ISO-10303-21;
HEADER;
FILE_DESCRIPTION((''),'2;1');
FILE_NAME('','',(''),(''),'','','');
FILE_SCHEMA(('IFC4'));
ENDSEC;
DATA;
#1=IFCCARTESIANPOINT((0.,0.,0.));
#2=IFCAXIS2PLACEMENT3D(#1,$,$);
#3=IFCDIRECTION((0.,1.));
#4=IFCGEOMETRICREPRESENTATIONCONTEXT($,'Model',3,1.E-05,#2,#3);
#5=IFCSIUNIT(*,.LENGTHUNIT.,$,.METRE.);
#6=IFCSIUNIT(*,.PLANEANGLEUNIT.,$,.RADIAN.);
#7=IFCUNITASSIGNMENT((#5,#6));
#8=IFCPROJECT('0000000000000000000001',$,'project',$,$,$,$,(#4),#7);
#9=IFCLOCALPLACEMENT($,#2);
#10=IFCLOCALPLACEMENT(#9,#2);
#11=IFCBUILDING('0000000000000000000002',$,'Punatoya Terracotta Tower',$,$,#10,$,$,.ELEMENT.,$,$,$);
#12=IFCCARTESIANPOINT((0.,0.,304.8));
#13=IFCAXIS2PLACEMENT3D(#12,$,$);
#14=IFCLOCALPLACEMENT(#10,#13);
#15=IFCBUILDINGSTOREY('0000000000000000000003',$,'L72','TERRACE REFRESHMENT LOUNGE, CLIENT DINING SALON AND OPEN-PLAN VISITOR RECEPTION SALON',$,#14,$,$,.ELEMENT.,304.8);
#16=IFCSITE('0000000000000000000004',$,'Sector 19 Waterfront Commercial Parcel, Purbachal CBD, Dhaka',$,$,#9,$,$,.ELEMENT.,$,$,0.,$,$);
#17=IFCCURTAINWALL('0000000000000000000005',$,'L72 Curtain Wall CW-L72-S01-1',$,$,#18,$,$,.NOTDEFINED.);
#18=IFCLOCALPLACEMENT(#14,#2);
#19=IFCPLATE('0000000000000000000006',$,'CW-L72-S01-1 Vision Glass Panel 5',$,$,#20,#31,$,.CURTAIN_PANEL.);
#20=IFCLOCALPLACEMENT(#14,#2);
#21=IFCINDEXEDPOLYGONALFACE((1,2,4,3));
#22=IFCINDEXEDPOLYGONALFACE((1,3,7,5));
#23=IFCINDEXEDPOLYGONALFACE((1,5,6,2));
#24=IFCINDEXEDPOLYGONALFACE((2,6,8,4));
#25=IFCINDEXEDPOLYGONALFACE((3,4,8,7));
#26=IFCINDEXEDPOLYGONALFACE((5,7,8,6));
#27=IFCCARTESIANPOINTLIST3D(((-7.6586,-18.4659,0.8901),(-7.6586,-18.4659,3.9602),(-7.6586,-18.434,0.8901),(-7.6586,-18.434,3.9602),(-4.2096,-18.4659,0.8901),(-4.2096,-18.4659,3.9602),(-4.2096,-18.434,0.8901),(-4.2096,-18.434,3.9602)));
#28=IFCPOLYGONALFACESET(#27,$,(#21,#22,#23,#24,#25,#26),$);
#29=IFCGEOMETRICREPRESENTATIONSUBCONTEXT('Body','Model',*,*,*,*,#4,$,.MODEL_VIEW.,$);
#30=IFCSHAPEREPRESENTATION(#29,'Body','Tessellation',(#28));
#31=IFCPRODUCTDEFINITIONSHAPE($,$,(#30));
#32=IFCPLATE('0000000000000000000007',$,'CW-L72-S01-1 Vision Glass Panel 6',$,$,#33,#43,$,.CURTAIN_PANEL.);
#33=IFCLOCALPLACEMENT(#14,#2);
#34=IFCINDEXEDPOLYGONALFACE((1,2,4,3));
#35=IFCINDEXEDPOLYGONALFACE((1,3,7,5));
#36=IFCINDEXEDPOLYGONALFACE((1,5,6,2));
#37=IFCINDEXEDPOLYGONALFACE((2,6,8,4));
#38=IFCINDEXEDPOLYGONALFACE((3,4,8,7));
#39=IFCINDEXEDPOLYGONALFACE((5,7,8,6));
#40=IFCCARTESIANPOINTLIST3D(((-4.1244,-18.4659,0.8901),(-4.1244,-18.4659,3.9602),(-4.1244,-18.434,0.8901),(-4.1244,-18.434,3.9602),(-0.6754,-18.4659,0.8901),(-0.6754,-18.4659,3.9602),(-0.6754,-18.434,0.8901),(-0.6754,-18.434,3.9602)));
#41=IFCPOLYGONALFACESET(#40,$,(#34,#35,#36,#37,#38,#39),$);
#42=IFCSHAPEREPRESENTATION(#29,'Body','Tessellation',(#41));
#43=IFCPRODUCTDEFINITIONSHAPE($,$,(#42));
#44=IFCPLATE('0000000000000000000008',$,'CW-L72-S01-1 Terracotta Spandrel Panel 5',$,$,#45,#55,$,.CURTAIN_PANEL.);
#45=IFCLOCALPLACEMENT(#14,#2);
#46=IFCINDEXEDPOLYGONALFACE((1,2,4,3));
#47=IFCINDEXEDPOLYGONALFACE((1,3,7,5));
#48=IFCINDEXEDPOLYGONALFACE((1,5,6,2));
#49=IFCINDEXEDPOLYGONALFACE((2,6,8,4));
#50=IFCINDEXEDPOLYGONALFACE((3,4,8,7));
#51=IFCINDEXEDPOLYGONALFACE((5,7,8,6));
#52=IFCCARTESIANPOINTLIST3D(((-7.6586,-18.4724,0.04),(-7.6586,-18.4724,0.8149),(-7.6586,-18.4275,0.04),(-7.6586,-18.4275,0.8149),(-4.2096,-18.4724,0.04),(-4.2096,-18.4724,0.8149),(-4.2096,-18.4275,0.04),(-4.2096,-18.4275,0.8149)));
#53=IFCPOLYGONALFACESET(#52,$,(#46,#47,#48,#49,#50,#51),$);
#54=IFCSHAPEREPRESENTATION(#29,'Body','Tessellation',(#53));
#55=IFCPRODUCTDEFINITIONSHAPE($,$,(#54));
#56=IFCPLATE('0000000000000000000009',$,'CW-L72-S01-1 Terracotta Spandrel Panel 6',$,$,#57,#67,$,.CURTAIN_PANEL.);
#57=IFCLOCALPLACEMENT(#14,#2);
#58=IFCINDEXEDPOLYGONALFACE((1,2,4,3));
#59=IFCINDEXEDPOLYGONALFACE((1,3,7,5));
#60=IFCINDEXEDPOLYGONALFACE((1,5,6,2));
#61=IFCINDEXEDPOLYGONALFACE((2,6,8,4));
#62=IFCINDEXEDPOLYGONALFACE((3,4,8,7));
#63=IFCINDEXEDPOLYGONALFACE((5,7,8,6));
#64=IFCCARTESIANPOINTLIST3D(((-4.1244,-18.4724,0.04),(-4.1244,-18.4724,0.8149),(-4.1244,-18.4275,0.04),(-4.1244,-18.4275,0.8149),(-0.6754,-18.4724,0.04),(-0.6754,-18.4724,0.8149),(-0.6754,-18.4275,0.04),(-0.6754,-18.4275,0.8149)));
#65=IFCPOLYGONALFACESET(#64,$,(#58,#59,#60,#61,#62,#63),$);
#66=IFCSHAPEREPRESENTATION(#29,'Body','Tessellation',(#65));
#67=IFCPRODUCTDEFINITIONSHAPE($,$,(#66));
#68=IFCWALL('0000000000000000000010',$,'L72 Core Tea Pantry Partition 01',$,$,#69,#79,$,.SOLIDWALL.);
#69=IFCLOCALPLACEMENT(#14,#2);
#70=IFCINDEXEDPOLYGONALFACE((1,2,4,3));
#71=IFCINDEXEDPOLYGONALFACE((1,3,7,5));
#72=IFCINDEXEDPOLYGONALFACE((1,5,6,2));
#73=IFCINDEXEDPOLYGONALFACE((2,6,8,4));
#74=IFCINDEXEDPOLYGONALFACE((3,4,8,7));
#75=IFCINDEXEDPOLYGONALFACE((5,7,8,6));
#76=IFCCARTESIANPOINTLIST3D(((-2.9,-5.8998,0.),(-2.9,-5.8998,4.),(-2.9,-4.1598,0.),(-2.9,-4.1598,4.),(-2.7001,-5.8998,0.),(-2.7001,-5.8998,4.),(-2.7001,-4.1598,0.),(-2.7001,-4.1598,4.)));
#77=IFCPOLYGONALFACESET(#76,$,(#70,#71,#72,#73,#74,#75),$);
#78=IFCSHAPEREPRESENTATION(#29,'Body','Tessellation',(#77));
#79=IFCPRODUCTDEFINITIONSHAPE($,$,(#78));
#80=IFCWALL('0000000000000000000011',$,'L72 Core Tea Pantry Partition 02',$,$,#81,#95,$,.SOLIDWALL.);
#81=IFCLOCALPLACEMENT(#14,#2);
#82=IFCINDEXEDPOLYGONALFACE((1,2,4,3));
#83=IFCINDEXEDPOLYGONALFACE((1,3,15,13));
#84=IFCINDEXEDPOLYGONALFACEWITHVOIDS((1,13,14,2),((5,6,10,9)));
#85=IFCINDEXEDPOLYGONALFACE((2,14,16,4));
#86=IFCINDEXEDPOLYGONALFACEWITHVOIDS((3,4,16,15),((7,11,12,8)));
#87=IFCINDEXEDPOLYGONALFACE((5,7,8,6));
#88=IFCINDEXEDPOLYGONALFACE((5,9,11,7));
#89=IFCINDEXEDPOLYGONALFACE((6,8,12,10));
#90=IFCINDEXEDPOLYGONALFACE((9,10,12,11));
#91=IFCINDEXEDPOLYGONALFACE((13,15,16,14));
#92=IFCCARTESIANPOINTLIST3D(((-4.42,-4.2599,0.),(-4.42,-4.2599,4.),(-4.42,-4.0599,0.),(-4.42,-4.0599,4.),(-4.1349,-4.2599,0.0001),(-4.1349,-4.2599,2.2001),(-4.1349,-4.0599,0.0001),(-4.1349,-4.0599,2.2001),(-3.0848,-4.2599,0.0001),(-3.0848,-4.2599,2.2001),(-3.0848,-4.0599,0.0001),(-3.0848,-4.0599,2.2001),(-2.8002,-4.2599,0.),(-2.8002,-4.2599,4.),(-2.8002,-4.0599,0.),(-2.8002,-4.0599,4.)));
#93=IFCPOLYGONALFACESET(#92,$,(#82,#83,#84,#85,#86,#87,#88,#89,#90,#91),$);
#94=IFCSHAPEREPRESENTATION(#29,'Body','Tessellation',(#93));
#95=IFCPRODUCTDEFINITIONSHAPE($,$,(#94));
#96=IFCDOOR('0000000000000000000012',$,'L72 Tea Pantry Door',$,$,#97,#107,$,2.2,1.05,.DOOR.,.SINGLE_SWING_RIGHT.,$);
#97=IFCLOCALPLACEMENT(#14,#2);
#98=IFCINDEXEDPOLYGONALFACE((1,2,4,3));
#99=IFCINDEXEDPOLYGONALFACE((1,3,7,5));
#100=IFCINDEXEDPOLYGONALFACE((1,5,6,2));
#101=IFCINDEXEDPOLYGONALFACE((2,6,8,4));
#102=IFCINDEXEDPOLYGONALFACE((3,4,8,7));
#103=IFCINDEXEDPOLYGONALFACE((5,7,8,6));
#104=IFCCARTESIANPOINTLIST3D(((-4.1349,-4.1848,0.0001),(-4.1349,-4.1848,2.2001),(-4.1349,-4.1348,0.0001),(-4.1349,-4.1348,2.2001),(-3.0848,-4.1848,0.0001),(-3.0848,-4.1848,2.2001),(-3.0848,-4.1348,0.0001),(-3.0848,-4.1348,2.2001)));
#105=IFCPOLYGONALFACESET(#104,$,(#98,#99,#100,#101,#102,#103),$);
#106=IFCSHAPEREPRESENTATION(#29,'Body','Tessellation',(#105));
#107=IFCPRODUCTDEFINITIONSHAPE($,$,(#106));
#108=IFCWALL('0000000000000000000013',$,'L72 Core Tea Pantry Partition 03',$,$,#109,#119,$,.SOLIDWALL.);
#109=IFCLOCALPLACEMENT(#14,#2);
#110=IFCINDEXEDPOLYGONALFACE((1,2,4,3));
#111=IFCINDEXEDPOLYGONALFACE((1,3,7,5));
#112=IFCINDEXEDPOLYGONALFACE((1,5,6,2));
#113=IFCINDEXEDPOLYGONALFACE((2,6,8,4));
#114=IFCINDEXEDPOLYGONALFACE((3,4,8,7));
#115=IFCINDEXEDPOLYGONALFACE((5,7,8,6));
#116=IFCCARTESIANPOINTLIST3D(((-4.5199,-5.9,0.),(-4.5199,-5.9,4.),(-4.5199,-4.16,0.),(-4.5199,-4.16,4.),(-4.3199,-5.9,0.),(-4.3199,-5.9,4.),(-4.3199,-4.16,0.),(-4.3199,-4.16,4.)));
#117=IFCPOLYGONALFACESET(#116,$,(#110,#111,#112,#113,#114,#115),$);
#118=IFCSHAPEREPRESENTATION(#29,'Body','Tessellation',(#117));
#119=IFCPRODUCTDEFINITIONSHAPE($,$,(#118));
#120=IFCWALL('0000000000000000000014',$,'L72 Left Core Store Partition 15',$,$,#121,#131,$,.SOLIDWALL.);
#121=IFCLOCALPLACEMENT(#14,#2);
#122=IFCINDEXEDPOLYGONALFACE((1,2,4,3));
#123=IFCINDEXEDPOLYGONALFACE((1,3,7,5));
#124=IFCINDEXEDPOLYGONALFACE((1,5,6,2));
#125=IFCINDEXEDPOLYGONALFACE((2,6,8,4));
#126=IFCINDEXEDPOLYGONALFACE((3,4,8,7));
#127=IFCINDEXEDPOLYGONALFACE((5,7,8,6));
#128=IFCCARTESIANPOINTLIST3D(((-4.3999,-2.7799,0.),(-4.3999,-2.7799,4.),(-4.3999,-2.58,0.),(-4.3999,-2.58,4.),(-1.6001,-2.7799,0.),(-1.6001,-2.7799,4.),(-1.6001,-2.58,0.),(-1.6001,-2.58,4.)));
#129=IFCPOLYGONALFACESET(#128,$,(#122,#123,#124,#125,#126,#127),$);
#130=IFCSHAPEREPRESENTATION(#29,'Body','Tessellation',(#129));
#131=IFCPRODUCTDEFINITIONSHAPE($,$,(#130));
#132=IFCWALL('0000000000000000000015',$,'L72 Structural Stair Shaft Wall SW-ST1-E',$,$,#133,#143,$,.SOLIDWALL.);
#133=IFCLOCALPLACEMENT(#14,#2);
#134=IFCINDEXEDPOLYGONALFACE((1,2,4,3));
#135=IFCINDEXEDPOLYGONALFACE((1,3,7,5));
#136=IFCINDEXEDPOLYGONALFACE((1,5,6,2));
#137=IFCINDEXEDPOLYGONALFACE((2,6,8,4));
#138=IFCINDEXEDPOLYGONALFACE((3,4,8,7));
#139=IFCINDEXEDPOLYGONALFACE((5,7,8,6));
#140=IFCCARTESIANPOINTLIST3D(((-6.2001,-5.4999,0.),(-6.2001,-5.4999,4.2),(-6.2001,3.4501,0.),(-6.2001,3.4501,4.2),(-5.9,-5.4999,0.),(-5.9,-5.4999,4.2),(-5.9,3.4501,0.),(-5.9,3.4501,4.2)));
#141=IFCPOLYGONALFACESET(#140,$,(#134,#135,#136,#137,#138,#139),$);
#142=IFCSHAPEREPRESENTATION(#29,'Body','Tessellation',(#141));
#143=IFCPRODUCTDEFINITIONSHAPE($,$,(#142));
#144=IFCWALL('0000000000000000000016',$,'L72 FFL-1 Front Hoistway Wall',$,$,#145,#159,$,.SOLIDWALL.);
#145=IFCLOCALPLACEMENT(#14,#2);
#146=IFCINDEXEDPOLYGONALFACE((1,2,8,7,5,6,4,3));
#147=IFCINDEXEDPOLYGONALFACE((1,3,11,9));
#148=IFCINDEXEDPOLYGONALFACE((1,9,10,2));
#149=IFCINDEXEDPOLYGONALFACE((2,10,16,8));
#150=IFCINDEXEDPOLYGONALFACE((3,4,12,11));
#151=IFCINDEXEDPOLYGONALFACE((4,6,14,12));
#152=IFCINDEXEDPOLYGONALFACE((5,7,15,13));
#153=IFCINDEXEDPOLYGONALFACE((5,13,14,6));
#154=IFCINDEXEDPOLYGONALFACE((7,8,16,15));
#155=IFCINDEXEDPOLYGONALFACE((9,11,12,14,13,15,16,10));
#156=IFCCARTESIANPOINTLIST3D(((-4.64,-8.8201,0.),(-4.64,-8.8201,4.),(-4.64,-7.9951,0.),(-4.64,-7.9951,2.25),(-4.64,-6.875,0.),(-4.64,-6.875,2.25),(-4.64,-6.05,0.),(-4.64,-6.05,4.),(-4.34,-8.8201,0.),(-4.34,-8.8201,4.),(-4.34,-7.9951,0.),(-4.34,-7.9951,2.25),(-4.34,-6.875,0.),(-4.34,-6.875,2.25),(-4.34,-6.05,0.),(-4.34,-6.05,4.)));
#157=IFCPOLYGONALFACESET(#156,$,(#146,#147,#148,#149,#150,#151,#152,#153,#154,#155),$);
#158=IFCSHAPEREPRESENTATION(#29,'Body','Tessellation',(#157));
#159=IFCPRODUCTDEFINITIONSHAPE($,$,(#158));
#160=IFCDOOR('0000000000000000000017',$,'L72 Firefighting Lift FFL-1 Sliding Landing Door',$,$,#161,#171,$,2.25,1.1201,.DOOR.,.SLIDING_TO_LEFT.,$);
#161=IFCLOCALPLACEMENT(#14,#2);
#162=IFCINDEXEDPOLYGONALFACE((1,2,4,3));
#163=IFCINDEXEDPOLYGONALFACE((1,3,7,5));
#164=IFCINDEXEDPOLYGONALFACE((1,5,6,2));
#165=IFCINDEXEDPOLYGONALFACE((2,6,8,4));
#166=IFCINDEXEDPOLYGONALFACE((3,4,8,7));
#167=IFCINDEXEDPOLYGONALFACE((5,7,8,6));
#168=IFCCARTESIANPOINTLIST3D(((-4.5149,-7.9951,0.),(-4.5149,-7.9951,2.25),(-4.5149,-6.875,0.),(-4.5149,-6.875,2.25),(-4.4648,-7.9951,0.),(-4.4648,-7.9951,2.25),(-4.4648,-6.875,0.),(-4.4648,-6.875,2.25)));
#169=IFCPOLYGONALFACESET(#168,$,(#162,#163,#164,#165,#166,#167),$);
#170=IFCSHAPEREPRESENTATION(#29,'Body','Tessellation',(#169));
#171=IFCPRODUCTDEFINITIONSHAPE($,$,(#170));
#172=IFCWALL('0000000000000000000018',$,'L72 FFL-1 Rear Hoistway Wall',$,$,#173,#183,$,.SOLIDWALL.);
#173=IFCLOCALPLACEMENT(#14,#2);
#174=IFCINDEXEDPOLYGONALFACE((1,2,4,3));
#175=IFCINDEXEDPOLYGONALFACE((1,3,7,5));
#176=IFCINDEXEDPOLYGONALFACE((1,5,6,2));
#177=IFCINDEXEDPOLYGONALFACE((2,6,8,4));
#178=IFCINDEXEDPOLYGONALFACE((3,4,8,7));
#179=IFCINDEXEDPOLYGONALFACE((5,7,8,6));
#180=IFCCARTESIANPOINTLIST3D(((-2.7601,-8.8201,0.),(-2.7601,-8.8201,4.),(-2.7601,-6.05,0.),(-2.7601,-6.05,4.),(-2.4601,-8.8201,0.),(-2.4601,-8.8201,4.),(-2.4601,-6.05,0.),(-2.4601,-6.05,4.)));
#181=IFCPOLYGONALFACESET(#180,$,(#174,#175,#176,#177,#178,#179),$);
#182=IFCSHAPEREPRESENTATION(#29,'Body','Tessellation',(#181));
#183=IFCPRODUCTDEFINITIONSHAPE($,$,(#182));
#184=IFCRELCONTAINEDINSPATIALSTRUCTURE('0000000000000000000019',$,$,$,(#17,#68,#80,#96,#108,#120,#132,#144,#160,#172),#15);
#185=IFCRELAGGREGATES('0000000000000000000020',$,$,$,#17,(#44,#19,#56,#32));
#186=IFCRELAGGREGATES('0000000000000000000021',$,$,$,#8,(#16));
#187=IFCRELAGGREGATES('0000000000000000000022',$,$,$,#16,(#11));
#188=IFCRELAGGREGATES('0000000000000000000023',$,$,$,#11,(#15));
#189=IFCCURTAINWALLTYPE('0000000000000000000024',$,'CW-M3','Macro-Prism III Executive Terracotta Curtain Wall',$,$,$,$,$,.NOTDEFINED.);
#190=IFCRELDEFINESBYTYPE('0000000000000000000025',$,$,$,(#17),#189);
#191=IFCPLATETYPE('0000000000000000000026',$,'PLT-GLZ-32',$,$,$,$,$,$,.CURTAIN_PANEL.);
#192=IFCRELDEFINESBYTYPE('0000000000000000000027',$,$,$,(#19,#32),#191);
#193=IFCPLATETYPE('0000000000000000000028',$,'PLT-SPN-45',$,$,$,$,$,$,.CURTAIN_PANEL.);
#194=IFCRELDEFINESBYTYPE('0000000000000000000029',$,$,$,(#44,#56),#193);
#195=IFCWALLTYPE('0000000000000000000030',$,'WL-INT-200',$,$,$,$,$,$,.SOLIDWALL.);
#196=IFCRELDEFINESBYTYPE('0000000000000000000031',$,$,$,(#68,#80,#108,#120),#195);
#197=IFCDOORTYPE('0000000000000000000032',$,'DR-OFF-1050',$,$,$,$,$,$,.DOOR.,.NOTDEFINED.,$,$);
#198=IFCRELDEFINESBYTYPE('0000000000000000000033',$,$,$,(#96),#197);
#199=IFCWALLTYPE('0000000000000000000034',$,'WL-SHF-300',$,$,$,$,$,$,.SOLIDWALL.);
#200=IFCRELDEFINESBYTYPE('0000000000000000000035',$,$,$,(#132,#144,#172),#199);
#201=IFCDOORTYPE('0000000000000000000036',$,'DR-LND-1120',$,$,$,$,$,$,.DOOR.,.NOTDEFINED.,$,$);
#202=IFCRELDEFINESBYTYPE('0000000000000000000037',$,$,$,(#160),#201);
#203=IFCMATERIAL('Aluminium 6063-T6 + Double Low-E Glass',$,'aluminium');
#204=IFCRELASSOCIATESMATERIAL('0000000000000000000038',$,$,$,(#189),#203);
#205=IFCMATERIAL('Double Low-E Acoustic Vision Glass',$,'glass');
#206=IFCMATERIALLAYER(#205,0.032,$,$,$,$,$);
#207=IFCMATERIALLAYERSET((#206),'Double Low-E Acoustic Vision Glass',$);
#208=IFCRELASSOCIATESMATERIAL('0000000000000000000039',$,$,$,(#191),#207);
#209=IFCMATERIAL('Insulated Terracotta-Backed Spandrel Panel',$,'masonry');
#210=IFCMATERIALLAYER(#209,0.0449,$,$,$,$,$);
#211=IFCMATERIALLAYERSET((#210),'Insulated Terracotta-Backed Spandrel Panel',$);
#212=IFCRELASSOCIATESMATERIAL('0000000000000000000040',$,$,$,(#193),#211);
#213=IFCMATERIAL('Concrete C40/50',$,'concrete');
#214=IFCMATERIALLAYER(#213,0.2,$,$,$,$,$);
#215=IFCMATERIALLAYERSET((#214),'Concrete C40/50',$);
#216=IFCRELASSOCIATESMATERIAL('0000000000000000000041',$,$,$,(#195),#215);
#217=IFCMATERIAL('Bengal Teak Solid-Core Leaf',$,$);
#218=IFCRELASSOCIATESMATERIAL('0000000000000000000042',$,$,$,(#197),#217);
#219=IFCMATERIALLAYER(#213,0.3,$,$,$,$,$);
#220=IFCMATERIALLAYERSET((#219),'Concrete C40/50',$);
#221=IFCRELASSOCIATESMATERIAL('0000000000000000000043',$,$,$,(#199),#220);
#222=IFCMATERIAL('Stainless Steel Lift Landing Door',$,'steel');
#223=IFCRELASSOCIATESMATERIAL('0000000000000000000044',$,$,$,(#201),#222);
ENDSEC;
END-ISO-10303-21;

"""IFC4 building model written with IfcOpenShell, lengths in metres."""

from ifc_helpers import new_model, si_unit, direction, frame, frame_2d, origin, origin_2d, place, context, subcontext, project, spatial, rectangle, extrude, material, layer, layer_set, type_object, element, fill, aggregate, save


model = new_model("IFC4")

# Units and contexts
model_context = context("Model", 3, precision=1e-05, world=origin(), true_north=direction((0.0, 1.0)))
body_context = subcontext(model_context, "Body", "Model", "MODEL_VIEW")
ifc_project = project(units=[si_unit("LENGTHUNIT", "METRE"), si_unit("PLANEANGLEUNIT", "RADIAN")], contexts=[model_context])

# Site, building, storey
site_placement = place(None, origin())
site = spatial("IfcSite", under=ifc_project, at=site_placement, Name="Sector 19 Waterfront Commercial Parcel, Purbachal CBD, Dhaka", CompositionType="ELEMENT", RefElevation=0.0)
building_placement = place(site_placement, origin())
building = spatial("IfcBuilding", under=site, at=building_placement, Name="Punatoya Terracotta Tower", CompositionType="ELEMENT")
storey_placement = place(building_placement, frame((0.0, 0.0, 304.8)))
storey = spatial("IfcBuildingStorey", under=building, at=storey_placement, Name="L72", Description="TERRACE REFRESHMENT LOUNGE, CLIENT DINING SALON AND OPEN-PLAN VISITOR RECEPTION SALON", CompositionType="ELEMENT", Elevation=304.8)

# Curtain wall
ifc_material_1 = material(Name="Aluminium 6063-T6 + Double Low-E Glass", Category="aluminium")
curtain_wall_type = type_object("IfcCurtainWallType", Name="CW-M3", Description="Macro-Prism III Executive Terracotta Curtain Wall", PredefinedType="NOTDEFINED", material=ifc_material_1)
curtain_wall_placement = place(storey_placement, origin())
curtain_wall = element("IfcCurtainWall", 1, at=curtain_wall_placement, inside=storey, type_object=curtain_wall_type, Name="L72 Curtain Wall CW-L72-S01-1", PredefinedType="NOTDEFINED")

# Plates
ifc_material_2 = material(Name="Double Low-E Acoustic Vision Glass", Category="glass")
ifc_layer_1 = layer(ifc_material_2, 0.032)
ifc_layer_set_1 = layer_set([ifc_layer_1], Name="Double Low-E Acoustic Vision Glass")
plate_type_1 = type_object("IfcPlateType", Name="PLT-GLZ-32", PredefinedType="CURTAIN_PANEL", material=ifc_layer_set_1)
plate_1_placement = place(storey_placement, frame((-5.9341, -18.45, 0.8901), z_axis=(0.0, 0.0, 1.0), x_axis=(1.0, 0.0, 0.0)))
plate_1 = element("IfcPlate", 2, at=plate_1_placement, type_object=plate_type_1, Name="CW-L72-S01-1 Vision Glass Panel 5", PredefinedType="CURTAIN_PANEL", context=body_context, shape_type="SweptSolid", body=[
    extrude(rectangle(XDim=3.449, YDim=0.032, at=origin_2d()), origin(), (0.0, 0.0, 1.0), 3.0701),
])
plate_2_placement = place(storey_placement, frame((-2.3999, -18.45, 0.8901), z_axis=(0.0, 0.0, 1.0), x_axis=(1.0, 0.0, 0.0)))
plate_2 = element("IfcPlate", 3, at=plate_2_placement, type_object=plate_type_1, Name="CW-L72-S01-1 Vision Glass Panel 6", PredefinedType="CURTAIN_PANEL", context=body_context, shape_type="SweptSolid", body=[
    extrude(rectangle(XDim=3.449, YDim=0.032, at=origin_2d()), origin(), (0.0, 0.0, 1.0), 3.0701),
])
ifc_material_3 = material(Name="Insulated Terracotta-Backed Spandrel Panel", Category="masonry")
ifc_layer_2 = layer(ifc_material_3, 0.0449)
ifc_layer_set_2 = layer_set([ifc_layer_2], Name="Insulated Terracotta-Backed Spandrel Panel")
plate_type_2 = type_object("IfcPlateType", Name="PLT-SPN-45", PredefinedType="CURTAIN_PANEL", material=ifc_layer_set_2)
plate_3_placement = place(storey_placement, frame((-5.9341, -18.45, 0.04), z_axis=(0.0, 0.0, 1.0), x_axis=(1.0, 0.0, 0.0)))
plate_3 = element("IfcPlate", 4, at=plate_3_placement, type_object=plate_type_2, Name="CW-L72-S01-1 Terracotta Spandrel Panel 5", PredefinedType="CURTAIN_PANEL", context=body_context, shape_type="SweptSolid", body=[
    extrude(rectangle(XDim=3.449, YDim=0.0449, at=origin_2d()), origin(), (0.0, 0.0, 1.0), 0.7749),
])
plate_4_placement = place(storey_placement, frame((-2.3999, -18.45, 0.04), z_axis=(0.0, 0.0, 1.0), x_axis=(1.0, 0.0, 0.0)))
plate_4 = element("IfcPlate", 5, at=plate_4_placement, type_object=plate_type_2, Name="CW-L72-S01-1 Terracotta Spandrel Panel 6", PredefinedType="CURTAIN_PANEL", context=body_context, shape_type="SweptSolid", body=[
    extrude(rectangle(XDim=3.449, YDim=0.0449, at=origin_2d()), origin(), (0.0, 0.0, 1.0), 0.7749),
])
aggregate(curtain_wall, [plate_3, plate_1, plate_4, plate_2])

# Wall
ifc_material_4 = material(Name="Concrete C40/50", Category="concrete")
ifc_layer_3 = layer(ifc_material_4, 0.2)
ifc_layer_set_3 = layer_set([ifc_layer_3], Name="Concrete C40/50")
wall_type_1 = type_object("IfcWallType", Name="WL-INT-200", PredefinedType="SOLIDWALL", material=ifc_layer_set_3)
wall_1_placement = place(storey_placement, frame((-2.8, -5.8999, 0.0), z_axis=(0.0, 0.0, 1.0), x_axis=(0.0, 1.0, 0.0)))
element("IfcWall", 6, at=wall_1_placement, inside=storey, type_object=wall_type_1, Name="L72 Core Tea Pantry Partition 01", PredefinedType="SOLIDWALL", context=body_context, shape_type="SweptSolid", body=[
    extrude(rectangle(XDim=1.74, YDim=0.2, at=frame_2d((0.8701, 0.0))), origin(), (0.0, 0.0, 1.0), 4.0),
])

# Wall, opening, door
wall_2_placement = place(storey_placement, frame((-2.8, -4.1599, 0.0), z_axis=(0.0, 0.0, 1.0), x_axis=(-1.0, 0.0, 0.0)))
wall_2 = element("IfcWall", 7, at=wall_2_placement, inside=storey, type_object=wall_type_1, Name="L72 Core Tea Pantry Partition 02", PredefinedType="SOLIDWALL", context=body_context, shape_type="SweptSolid", body=[
    extrude(rectangle(XDim=1.6199, YDim=0.2, at=frame_2d((0.8101, 0.0))), origin(), (0.0, 0.0, 1.0), 4.0),
])
opening_1_placement = place(wall_2_placement, frame((0.2849, 0.0, 0.0)))
opening_1 = element("IfcOpeningElement", 8, at=opening_1_placement, cuts=wall_2, PredefinedType="OPENING", context=body_context, shape_type="SweptSolid", body=[
    extrude(rectangle(XDim=1.05, YDim=2.2, at=frame_2d((0.5249, 1.1001))), frame((0.0, 0.1099, 0.0), z_axis=(0.0, -1.0, 0.0), x_axis=(1.0, 0.0, 0.0)), (0.0, 0.0, 1.0), 0.22),
])
ifc_material_5 = material(Name="Bengal Teak Solid-Core Leaf")
door_type_1 = type_object("IfcDoorType", Name="DR-OFF-1050", OperationType="NOTDEFINED", PredefinedType="DOOR", material=ifc_material_5)
door_1_placement = place(opening_1_placement, origin())
door_1 = element("IfcDoor", 9, at=door_1_placement, inside=storey, type_object=door_type_1, Name="L72 Tea Pantry Door", OperationType="SINGLE_SWING_RIGHT", OverallHeight=2.2, OverallWidth=1.05, PredefinedType="DOOR", context=body_context, shape_type="SweptSolid", body=[
    extrude(rectangle(XDim=1.05, YDim=2.2, at=frame_2d((0.5249, 1.1001))), frame((0.0, 0.0249, 0.0), z_axis=(0.0, -1.0, 0.0), x_axis=(1.0, 0.0, 0.0)), (0.0, 0.0, 1.0), 0.05),
])
fill(opening_1, door_1)

# Walls
wall_3_placement = place(storey_placement, frame((-4.4199, -4.1599, 0.0), z_axis=(0.0, 0.0, 1.0), x_axis=(0.0, -1.0, 0.0)))
element("IfcWall", 10, at=wall_3_placement, inside=storey, type_object=wall_type_1, Name="L72 Core Tea Pantry Partition 03", PredefinedType="SOLIDWALL", context=body_context, shape_type="SweptSolid", body=[
    extrude(rectangle(XDim=1.74, YDim=0.2, at=frame_2d((0.8701, 0.0))), origin(), (0.0, 0.0, 1.0), 4.0),
])
wall_4_placement = place(storey_placement, frame((-4.3999, -2.6799, 0.0), z_axis=(0.0, 0.0, 1.0), x_axis=(1.0, 0.0, 0.0)))
element("IfcWall", 11, at=wall_4_placement, inside=storey, type_object=wall_type_1, Name="L72 Left Core Store Partition 15", PredefinedType="SOLIDWALL", context=body_context, shape_type="SweptSolid", body=[
    extrude(rectangle(XDim=2.7998, YDim=0.2, at=frame_2d((1.3999, 0.0))), origin(), (0.0, 0.0, 1.0), 4.0),
])
ifc_layer_4 = layer(ifc_material_4, 0.3)
ifc_layer_set_4 = layer_set([ifc_layer_4], Name="Concrete C40/50")
wall_type_2 = type_object("IfcWallType", Name="WL-SHF-300", PredefinedType="SOLIDWALL", material=ifc_layer_set_4)
wall_5_placement = place(storey_placement, frame((-6.05, -5.5, 0.0), z_axis=(0.0, 0.0, 1.0), x_axis=(0.0, 1.0, 0.0)))
element("IfcWall", 12, at=wall_5_placement, inside=storey, type_object=wall_type_2, Name="L72 Structural Stair Shaft Wall SW-ST1-E", PredefinedType="SOLIDWALL", context=body_context, shape_type="SweptSolid", body=[
    extrude(rectangle(XDim=8.95, YDim=0.3, at=frame_2d((4.4751, 0.0))), origin(), (0.0, 0.0, 1.0), 4.2),
])

# Wall, opening, door
wall_6_placement = place(storey_placement, frame((-4.49, -8.8201, 0.0), z_axis=(0.0, 0.0, 1.0), x_axis=(0.0, 1.0, 0.0)))
wall_6 = element("IfcWall", 13, at=wall_6_placement, inside=storey, type_object=wall_type_2, Name="L72 FFL-1 Front Hoistway Wall", PredefinedType="SOLIDWALL", context=body_context, shape_type="SweptSolid", body=[
    extrude(rectangle(XDim=2.77, YDim=0.3, at=frame_2d((1.385, 0.0))), origin(), (0.0, 0.0, 1.0), 4.0),
])
opening_2_placement = place(wall_6_placement, frame((0.825, 0.0, 0.0)))
opening_2 = element("IfcOpeningElement", 14, at=opening_2_placement, cuts=wall_6, PredefinedType="OPENING", context=body_context, shape_type="SweptSolid", body=[
    extrude(rectangle(XDim=1.1201, YDim=2.25, at=frame_2d((0.5601, 1.125))), frame((0.0, 0.1599, 0.0), z_axis=(0.0, -1.0, 0.0), x_axis=(1.0, 0.0, 0.0)), (0.0, 0.0, 1.0), 0.3201),
])
ifc_material_6 = material(Name="Stainless Steel Lift Landing Door", Category="steel")
door_type_2 = type_object("IfcDoorType", Name="DR-LND-1120", OperationType="NOTDEFINED", PredefinedType="DOOR", material=ifc_material_6)
door_2_placement = place(opening_2_placement, origin())
door_2 = element("IfcDoor", 15, at=door_2_placement, inside=storey, type_object=door_type_2, Name="L72 Firefighting Lift FFL-1 Sliding Landing Door", OperationType="SLIDING_TO_LEFT", OverallHeight=2.25, OverallWidth=1.1201, PredefinedType="DOOR", context=body_context, shape_type="SweptSolid", body=[
    extrude(rectangle(XDim=1.1201, YDim=2.25, at=frame_2d((0.5601, 1.125))), frame((0.0, 0.0249, 0.0), z_axis=(0.0, -1.0, 0.0), x_axis=(1.0, 0.0, 0.0)), (0.0, 0.0, 1.0), 0.05),
])
fill(opening_2, door_2)

# Wall
wall_7_placement = place(storey_placement, frame((-2.6101, -8.8201, 0.0), z_axis=(0.0, 0.0, 1.0), x_axis=(0.0, 1.0, 0.0)))
element("IfcWall", 16, at=wall_7_placement, inside=storey, type_object=wall_type_2, Name="L72 FFL-1 Rear Hoistway Wall", PredefinedType="SOLIDWALL", context=body_context, shape_type="SweptSolid", body=[
    extrude(rectangle(XDim=2.77, YDim=0.3, at=frame_2d((1.385, 0.0))), origin(), (0.0, 0.0, 1.0), 4.0),
])

save(model, "model.ifc")
